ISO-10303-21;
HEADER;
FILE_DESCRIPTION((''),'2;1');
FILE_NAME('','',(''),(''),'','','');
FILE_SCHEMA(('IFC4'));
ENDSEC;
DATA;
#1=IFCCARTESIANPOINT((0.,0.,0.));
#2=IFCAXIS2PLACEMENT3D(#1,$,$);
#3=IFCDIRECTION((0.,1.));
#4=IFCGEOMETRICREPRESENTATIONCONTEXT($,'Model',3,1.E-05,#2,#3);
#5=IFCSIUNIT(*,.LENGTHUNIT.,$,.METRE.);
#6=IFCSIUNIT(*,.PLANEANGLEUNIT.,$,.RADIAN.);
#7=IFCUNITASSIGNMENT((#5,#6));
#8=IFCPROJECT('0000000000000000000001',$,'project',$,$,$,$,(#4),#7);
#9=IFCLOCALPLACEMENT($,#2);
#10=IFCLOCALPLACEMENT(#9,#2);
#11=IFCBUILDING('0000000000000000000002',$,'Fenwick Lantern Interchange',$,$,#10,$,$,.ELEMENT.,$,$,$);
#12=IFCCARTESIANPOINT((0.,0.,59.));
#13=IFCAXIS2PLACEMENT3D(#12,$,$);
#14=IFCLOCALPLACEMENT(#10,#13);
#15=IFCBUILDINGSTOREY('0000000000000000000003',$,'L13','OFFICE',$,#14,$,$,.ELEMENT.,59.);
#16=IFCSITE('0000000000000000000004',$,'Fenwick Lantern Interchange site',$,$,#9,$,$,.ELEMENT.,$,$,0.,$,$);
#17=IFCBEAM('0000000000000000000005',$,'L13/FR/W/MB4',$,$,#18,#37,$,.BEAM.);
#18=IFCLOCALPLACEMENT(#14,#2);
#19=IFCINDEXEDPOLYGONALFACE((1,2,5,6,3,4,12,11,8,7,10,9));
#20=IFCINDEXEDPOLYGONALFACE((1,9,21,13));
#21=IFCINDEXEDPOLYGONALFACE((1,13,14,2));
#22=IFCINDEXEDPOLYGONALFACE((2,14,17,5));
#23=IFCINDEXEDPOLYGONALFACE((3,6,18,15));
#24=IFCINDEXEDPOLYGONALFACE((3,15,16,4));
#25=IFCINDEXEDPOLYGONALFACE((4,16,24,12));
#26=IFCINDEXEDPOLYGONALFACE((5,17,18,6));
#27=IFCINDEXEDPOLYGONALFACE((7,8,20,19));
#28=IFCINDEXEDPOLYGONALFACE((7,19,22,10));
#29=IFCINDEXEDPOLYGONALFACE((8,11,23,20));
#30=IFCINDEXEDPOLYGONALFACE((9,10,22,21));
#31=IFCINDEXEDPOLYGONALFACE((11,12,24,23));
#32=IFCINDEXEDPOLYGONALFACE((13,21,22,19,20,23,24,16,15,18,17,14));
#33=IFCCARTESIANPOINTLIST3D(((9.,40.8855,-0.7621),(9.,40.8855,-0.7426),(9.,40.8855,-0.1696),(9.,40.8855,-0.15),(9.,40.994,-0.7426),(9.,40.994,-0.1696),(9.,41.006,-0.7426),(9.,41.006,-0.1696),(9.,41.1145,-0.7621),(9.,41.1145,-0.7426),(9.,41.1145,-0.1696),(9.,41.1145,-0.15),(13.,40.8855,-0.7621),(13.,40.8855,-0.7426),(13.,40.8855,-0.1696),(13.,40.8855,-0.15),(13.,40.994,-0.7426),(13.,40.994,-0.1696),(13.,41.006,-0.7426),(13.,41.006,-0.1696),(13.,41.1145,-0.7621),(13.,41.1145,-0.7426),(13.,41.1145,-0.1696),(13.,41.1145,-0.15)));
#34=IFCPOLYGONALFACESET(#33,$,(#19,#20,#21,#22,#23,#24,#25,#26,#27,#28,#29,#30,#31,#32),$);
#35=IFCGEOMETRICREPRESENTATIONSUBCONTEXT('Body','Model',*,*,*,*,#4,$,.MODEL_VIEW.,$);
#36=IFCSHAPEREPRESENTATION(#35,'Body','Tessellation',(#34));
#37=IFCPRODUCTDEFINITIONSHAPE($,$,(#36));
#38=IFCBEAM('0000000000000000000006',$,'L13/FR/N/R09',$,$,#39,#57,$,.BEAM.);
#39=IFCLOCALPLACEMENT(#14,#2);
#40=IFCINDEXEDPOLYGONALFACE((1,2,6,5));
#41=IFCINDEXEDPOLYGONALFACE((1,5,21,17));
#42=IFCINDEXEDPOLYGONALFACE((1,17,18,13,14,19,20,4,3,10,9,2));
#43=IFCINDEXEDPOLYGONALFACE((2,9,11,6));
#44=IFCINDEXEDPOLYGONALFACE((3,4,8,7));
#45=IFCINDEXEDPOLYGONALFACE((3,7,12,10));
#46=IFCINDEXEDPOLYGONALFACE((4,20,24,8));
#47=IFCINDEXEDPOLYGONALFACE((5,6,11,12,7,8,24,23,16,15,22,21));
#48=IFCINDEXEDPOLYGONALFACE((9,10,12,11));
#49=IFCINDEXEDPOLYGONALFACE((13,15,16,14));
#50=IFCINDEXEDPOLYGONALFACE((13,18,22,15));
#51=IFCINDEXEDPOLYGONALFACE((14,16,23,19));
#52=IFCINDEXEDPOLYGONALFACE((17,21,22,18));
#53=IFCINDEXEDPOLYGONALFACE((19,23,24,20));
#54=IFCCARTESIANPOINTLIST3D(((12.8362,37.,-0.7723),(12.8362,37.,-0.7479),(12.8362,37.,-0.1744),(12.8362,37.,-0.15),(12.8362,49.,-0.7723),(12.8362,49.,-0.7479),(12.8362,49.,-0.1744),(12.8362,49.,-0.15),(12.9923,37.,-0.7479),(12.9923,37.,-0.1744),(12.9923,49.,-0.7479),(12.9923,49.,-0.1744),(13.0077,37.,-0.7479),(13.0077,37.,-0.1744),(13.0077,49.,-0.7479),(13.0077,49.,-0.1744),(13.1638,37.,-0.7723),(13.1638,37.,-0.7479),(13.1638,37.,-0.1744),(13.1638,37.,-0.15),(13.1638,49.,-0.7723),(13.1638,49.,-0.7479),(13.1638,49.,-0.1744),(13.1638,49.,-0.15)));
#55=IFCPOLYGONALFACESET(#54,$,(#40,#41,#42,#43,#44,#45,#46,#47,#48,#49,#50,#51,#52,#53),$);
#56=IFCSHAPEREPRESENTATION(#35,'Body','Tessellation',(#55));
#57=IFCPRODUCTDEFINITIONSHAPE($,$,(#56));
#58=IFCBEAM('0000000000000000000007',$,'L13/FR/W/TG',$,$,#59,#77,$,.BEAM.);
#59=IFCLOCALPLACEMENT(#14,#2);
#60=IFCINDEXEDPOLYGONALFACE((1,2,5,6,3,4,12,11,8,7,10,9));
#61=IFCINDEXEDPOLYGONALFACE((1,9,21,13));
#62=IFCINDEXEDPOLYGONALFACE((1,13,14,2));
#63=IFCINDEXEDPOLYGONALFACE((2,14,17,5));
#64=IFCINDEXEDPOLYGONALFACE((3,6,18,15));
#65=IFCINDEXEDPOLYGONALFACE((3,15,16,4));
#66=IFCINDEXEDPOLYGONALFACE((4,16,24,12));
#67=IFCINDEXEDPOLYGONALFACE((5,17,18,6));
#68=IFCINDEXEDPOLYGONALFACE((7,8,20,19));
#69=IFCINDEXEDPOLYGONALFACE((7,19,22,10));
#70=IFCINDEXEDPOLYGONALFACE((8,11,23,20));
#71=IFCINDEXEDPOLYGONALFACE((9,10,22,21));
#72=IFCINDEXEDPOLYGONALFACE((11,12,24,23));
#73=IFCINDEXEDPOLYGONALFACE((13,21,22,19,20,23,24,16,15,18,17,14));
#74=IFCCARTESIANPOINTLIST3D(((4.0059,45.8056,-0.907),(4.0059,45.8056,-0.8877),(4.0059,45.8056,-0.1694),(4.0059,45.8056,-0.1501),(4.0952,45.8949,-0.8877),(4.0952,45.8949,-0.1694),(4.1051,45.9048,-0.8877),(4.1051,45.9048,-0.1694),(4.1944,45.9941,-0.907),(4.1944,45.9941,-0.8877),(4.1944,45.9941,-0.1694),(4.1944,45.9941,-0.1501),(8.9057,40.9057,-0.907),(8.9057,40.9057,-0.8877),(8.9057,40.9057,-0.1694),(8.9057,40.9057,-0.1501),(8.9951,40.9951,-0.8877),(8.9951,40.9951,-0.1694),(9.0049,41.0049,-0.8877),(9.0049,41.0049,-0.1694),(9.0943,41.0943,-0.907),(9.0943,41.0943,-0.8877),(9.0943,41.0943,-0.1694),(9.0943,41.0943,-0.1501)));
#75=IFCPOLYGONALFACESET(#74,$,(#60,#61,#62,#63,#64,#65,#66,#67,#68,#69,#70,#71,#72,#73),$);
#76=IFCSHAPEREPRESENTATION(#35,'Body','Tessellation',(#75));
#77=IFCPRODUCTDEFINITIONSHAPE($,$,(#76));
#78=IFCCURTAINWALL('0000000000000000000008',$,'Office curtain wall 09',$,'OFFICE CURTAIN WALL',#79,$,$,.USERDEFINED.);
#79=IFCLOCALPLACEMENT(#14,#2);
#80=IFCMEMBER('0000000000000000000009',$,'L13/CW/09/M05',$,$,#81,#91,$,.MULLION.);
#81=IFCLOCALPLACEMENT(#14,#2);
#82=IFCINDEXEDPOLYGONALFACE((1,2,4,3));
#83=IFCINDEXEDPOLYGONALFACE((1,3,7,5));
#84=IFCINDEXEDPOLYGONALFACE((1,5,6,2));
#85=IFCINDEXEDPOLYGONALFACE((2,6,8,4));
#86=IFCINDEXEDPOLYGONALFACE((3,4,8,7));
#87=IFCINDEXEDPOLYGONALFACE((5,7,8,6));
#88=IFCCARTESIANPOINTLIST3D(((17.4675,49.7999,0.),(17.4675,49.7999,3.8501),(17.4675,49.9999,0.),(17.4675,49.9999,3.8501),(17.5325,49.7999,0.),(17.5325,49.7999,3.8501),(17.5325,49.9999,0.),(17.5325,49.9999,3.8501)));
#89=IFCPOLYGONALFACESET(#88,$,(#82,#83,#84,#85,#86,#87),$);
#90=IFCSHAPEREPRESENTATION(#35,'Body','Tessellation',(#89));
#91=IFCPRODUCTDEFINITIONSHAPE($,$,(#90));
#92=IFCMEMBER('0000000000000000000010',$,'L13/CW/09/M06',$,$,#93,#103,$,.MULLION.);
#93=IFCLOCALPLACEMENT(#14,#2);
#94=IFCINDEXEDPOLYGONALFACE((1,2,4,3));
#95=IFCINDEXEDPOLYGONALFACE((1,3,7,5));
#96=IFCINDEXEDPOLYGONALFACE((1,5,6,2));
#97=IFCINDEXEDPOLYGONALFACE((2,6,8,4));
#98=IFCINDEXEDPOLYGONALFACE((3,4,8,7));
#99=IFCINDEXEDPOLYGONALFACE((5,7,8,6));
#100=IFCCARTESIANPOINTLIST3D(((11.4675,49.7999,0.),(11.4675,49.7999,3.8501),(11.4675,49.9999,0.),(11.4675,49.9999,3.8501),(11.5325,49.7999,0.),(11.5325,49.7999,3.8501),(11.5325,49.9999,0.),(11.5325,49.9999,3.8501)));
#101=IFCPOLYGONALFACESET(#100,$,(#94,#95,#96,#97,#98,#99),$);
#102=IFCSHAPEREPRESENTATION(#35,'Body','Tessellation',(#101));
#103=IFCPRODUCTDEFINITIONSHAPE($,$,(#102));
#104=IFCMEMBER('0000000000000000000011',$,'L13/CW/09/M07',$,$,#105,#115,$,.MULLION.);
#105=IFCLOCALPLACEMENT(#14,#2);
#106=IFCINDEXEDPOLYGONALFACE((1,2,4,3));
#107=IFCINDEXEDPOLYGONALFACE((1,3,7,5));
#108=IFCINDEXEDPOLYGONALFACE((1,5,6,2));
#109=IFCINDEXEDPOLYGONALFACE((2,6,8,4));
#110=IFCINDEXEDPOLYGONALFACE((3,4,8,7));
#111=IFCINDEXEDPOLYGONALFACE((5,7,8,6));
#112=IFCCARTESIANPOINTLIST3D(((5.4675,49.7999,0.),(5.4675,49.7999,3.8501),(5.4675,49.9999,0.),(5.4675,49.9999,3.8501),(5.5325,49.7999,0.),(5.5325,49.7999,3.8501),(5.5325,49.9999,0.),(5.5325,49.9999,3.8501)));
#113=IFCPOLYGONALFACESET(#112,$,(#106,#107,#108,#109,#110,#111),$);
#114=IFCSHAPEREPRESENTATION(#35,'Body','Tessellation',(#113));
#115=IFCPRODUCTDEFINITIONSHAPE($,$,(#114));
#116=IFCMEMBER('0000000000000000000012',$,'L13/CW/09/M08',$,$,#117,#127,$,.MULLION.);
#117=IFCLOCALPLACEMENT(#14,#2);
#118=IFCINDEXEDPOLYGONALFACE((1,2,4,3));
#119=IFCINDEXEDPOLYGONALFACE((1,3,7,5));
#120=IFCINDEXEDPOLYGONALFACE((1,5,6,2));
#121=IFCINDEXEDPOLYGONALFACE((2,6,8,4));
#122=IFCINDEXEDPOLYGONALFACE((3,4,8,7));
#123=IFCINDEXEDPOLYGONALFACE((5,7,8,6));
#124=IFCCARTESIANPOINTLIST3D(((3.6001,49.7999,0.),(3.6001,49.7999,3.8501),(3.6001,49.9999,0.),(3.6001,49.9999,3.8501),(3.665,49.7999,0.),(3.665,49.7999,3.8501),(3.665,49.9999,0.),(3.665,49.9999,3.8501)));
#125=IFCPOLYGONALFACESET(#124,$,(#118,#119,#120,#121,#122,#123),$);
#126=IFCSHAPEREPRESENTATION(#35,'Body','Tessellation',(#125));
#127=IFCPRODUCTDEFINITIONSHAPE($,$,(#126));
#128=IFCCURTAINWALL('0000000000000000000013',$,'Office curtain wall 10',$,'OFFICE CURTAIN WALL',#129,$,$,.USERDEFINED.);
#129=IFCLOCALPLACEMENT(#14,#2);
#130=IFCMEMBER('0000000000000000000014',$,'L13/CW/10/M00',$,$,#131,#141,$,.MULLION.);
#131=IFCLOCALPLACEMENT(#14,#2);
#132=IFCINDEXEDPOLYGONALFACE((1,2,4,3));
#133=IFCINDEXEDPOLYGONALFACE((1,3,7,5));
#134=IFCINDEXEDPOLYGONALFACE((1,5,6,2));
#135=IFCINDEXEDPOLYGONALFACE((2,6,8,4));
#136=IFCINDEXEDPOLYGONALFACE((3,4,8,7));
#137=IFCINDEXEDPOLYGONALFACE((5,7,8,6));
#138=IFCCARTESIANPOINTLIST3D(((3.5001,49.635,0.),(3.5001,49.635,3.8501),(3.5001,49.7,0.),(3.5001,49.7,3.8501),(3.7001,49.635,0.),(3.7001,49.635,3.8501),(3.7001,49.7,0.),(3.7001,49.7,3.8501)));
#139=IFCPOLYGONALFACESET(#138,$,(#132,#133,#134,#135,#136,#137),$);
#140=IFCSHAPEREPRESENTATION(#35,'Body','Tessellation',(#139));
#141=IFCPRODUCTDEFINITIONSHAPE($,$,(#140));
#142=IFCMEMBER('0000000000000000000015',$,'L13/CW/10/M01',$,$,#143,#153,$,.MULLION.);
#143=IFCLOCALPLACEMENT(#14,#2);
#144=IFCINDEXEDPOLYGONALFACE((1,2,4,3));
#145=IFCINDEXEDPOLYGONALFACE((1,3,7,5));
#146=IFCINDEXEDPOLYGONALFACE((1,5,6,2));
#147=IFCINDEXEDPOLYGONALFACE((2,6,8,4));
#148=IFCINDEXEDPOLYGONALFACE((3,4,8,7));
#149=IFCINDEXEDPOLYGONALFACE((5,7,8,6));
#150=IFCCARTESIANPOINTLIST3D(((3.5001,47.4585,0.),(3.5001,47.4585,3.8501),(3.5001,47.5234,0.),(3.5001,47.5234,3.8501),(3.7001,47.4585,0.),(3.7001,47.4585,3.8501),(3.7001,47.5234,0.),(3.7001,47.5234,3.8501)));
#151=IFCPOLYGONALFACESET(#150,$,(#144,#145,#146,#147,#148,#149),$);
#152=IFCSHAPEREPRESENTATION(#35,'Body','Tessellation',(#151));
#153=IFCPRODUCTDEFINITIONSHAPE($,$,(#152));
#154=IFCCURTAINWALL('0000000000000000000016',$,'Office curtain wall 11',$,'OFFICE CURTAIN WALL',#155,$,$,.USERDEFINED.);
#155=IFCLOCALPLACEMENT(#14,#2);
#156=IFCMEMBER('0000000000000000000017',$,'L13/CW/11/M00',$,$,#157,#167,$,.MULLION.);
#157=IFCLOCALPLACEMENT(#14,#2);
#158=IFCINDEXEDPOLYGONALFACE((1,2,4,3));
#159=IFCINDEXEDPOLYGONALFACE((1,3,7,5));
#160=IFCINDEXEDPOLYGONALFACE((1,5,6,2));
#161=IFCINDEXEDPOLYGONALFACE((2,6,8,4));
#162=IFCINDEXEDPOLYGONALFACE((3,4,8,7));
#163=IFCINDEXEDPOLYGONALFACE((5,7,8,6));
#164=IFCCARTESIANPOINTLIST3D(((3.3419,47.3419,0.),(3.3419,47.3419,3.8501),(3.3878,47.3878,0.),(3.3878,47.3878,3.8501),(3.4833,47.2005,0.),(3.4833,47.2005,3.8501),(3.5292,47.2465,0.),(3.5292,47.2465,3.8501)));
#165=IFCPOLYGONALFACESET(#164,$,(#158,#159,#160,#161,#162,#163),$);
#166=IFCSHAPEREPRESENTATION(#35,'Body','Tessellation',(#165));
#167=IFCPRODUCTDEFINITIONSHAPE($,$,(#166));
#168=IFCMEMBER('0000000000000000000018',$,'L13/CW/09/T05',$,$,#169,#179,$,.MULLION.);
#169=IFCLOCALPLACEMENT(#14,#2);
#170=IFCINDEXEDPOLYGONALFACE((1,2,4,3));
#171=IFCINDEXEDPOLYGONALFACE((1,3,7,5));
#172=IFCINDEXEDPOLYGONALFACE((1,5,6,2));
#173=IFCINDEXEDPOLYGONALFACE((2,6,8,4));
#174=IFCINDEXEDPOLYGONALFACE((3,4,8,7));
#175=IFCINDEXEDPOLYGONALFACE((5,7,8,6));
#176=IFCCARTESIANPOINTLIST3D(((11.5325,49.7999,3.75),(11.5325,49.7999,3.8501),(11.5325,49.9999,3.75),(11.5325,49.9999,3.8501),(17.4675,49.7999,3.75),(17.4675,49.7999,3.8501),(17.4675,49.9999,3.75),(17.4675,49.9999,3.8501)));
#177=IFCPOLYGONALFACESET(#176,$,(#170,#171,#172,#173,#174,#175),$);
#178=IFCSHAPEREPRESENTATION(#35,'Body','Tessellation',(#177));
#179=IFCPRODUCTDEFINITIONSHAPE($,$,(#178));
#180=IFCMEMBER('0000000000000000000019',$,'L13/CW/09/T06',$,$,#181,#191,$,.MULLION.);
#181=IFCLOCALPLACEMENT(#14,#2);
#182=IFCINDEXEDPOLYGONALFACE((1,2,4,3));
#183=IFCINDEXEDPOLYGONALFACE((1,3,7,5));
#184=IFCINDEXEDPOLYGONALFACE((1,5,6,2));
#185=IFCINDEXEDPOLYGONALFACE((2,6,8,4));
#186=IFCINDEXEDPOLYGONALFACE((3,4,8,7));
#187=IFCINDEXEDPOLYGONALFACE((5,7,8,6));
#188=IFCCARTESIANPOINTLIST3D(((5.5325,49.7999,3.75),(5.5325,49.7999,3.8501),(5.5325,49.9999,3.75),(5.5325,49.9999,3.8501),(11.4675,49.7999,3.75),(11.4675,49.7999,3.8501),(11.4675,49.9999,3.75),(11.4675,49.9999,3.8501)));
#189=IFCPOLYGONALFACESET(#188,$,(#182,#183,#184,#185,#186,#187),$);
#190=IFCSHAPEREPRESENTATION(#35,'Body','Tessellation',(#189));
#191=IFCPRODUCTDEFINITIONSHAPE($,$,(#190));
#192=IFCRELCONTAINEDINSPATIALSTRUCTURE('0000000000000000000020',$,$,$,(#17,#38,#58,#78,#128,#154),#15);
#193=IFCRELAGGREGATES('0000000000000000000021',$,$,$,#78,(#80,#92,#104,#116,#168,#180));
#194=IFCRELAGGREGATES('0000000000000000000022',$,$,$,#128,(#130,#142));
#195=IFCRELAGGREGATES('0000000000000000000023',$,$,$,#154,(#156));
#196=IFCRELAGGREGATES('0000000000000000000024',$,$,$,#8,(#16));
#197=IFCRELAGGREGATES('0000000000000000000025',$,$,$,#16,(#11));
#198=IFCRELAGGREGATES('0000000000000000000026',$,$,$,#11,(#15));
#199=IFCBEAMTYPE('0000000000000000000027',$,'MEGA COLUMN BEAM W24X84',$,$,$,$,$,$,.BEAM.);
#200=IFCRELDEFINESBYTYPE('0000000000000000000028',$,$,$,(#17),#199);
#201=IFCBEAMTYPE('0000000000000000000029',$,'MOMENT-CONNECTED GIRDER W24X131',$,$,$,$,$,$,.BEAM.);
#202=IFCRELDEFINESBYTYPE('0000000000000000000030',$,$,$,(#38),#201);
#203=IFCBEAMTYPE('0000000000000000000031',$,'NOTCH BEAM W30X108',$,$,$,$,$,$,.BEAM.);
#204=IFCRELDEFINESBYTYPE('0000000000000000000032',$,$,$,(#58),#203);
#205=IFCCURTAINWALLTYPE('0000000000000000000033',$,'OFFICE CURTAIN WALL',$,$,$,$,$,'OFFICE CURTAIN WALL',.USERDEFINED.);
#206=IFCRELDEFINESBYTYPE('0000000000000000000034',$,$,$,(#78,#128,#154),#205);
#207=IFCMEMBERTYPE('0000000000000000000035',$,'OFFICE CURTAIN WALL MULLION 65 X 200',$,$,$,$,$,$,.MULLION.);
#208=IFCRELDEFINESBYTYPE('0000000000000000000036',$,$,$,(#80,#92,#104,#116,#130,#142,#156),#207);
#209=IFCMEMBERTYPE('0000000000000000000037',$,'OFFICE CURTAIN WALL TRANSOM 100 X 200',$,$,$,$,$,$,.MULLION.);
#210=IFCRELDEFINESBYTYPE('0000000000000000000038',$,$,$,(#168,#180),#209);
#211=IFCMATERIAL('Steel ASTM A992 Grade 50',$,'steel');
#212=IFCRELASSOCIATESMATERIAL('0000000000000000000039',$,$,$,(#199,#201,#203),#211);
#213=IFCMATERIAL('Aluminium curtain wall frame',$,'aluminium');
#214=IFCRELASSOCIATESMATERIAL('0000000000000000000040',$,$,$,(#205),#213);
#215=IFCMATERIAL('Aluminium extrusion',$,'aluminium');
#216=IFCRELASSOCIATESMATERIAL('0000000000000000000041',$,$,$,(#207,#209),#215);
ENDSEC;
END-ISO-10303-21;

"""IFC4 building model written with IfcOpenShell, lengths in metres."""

from ifc_helpers import new_model, si_unit, direction, frame, origin, origin_2d, place, context, subcontext, project, spatial, rectangle, i_section, extrude, material, material_profile, profile_set, type_object, element, aggregate, save


model = new_model("IFC4")

# Units and contexts
model_context = context("Model", 3, precision=1e-05, world=origin(), true_north=direction((0.0, 1.0)))
body_context = subcontext(model_context, "Body", "Model", "MODEL_VIEW")
ifc_project = project(units=[si_unit("LENGTHUNIT", "METRE"), si_unit("PLANEANGLEUNIT", "RADIAN")], contexts=[model_context])

# Site, building, storey
site_placement = place(None, origin())
site = spatial("IfcSite", under=ifc_project, at=site_placement, Name="Fenwick Lantern Interchange site", CompositionType="ELEMENT", RefElevation=0.0)
building_placement = place(site_placement, origin())
building = spatial("IfcBuilding", under=site, at=building_placement, Name="Fenwick Lantern Interchange", CompositionType="ELEMENT")
storey_placement = place(building_placement, frame((0.0, 0.0, 59.0)))
storey = spatial("IfcBuildingStorey", under=building, at=storey_placement, Name="L13", Description="OFFICE", CompositionType="ELEMENT", Elevation=59.0)

# Beams
ifc_material_1 = material(Name="Steel ASTM A992 Grade 50", Category="steel")
ifc_material_profile_1 = material_profile(ifc_material_1, i_section(OverallWidth=0.229, OverallDepth=0.6121, WebThickness=0.012, FlangeThickness=0.0195, at=origin_2d()), Name="W24X84")
ifc_profile_set_1 = profile_set([ifc_material_profile_1], Name="Steel ASTM A992 Grade 50")
beam_type_1 = type_object("IfcBeamType", Name="MEGA COLUMN BEAM W24X84", PredefinedType="BEAM", material=ifc_profile_set_1)
for number, where, z_axis, x_axis, name in (
    (1, (9.0, 41.0, -0.4561), (1.0, 0.0, 0.0), (0.0, 1.0, 0.0), "L13/FR/W/MB4"),
):
    element("IfcBeam", number, at=place(storey_placement, frame(where, z_axis=z_axis, x_axis=x_axis)), inside=storey, type_object=beam_type_1, Name=name, PredefinedType="BEAM", context=body_context, shape_type="SweptSolid", body=[
        extrude(i_section(OverallWidth=0.229, OverallDepth=0.6121, WebThickness=0.012, FlangeThickness=0.0195, at=origin_2d()), origin(), (0.0, 0.0, 1.0), 4.0),
    ])
ifc_material_profile_2 = material_profile(ifc_material_1, i_section(OverallWidth=0.3276, OverallDepth=0.6223, WebThickness=0.0154, FlangeThickness=0.0244, at=origin_2d()), Name="W24X131")
ifc_profile_set_2 = profile_set([ifc_material_profile_2], Name="Steel ASTM A992 Grade 50")
beam_type_2 = type_object("IfcBeamType", Name="MOMENT-CONNECTED GIRDER W24X131", PredefinedType="BEAM", material=ifc_profile_set_2)
beam_1_placement = place(storey_placement, frame((13.0, 49.0, -0.4612), z_axis=(0.0, -1.0, 0.0), x_axis=(1.0, 0.0, 0.0)))
element("IfcBeam", 2, at=beam_1_placement, inside=storey, type_object=beam_type_2, Name="L13/FR/N/R09", PredefinedType="BEAM", context=body_context, shape_type="SweptSolid", body=[
    extrude(i_section(OverallWidth=0.3276, OverallDepth=0.6223, WebThickness=0.0154, FlangeThickness=0.0244, at=origin_2d()), origin(), (0.0, 0.0, 1.0), 12.0),
])
ifc_material_profile_3 = material_profile(ifc_material_1, i_section(OverallWidth=0.2666, OverallDepth=0.7568, WebThickness=0.0139, FlangeThickness=0.0193, at=origin_2d()), Name="W30X108")
ifc_profile_set_3 = profile_set([ifc_material_profile_3], Name="Steel ASTM A992 Grade 50")
beam_type_3 = type_object("IfcBeamType", Name="NOTCH BEAM W30X108", PredefinedType="BEAM", material=ifc_profile_set_3)
beam_2_placement = place(storey_placement, frame((9.0, 41.0, -0.5286), z_axis=(-0.707107, 0.707107, 0.0), x_axis=(-0.707107, -0.707107, 0.0)))
element("IfcBeam", 3, at=beam_2_placement, inside=storey, type_object=beam_type_3, Name="L13/FR/W/TG", PredefinedType="BEAM", context=body_context, shape_type="SweptSolid", body=[
    extrude(i_section(OverallWidth=0.2666, OverallDepth=0.7568, WebThickness=0.0139, FlangeThickness=0.0193, at=origin_2d()), origin(), (0.0, 0.0, 1.0), 6.9294),
])

# Curtain walls, members
ifc_material_2 = material(Name="Aluminium curtain wall frame", Category="aluminium")
curtain_wall_type = type_object("IfcCurtainWallType", Name="OFFICE CURTAIN WALL", ElementType="OFFICE CURTAIN WALL", PredefinedType="USERDEFINED", material=ifc_material_2)
curtain_wall_1_placement = place(storey_placement, origin())
curtain_wall_1 = element("IfcCurtainWall", 4, at=curtain_wall_1_placement, inside=storey, type_object=curtain_wall_type, Name="Office curtain wall 09", ObjectType="OFFICE CURTAIN WALL", PredefinedType="USERDEFINED")
ifc_material_3 = material(Name="Aluminium extrusion", Category="aluminium")
ifc_material_profile_4 = material_profile(ifc_material_3, rectangle(XDim=0.2, YDim=0.0649, at=origin_2d()), Name="OFFICE CURTAIN WALL MULLION 65 X 200")
ifc_profile_set_4 = profile_set([ifc_material_profile_4], Name="Aluminium extrusion")
member_type_1 = type_object("IfcMemberType", Name="OFFICE CURTAIN WALL MULLION 65 X 200", PredefinedType="MULLION", material=ifc_profile_set_4)
member_1_placement = place(storey_placement, frame((17.5, 49.8999, 0.0), z_axis=(0.0, 0.0, 1.0), x_axis=(0.0, -1.0, 0.0)))
member_1 = element("IfcMember", 5, at=member_1_placement, type_object=member_type_1, Name="L13/CW/09/M05", PredefinedType="MULLION", context=body_context, shape_type="SweptSolid", body=[
    extrude(rectangle(XDim=0.2, YDim=0.0649, at=origin_2d()), origin(), (0.0, 0.0, 1.0), 3.8501),
])
member_2_placement = place(storey_placement, frame((11.5, 49.8999, 0.0), z_axis=(0.0, 0.0, 1.0), x_axis=(0.0, -1.0, 0.0)))
member_2 = element("IfcMember", 6, at=member_2_placement, type_object=member_type_1, Name="L13/CW/09/M06", PredefinedType="MULLION", context=body_context, shape_type="SweptSolid", body=[
    extrude(rectangle(XDim=0.2, YDim=0.0649, at=origin_2d()), origin(), (0.0, 0.0, 1.0), 3.8501),
])
member_3_placement = place(storey_placement, frame((5.5, 49.8999, 0.0), z_axis=(0.0, 0.0, 1.0), x_axis=(0.0, -1.0, 0.0)))
member_3 = element("IfcMember", 7, at=member_3_placement, type_object=member_type_1, Name="L13/CW/09/M07", PredefinedType="MULLION", context=body_context, shape_type="SweptSolid", body=[
    extrude(rectangle(XDim=0.2, YDim=0.0649, at=origin_2d()), origin(), (0.0, 0.0, 1.0), 3.8501),
])
member_4_placement = place(storey_placement, frame((3.6326, 49.8999, 0.0), z_axis=(0.0, 0.0, 1.0), x_axis=(0.0, -1.0, 0.0)))
member_4 = element("IfcMember", 8, at=member_4_placement, type_object=member_type_1, Name="L13/CW/09/M08", PredefinedType="MULLION", context=body_context, shape_type="SweptSolid", body=[
    extrude(rectangle(XDim=0.2, YDim=0.0649, at=origin_2d()), origin(), (0.0, 0.0, 1.0), 3.8501),
])
curtain_wall_2_placement = place(storey_placement, origin())
curtain_wall_2 = element("IfcCurtainWall", 9, at=curtain_wall_2_placement, inside=storey, type_object=curtain_wall_type, Name="Office curtain wall 10", ObjectType="OFFICE CURTAIN WALL", PredefinedType="USERDEFINED")
member_5_placement = place(storey_placement, frame((3.6001, 49.6675, 0.0), z_axis=(0.0, 0.0, 1.0), x_axis=(1.0, 0.0, 0.0)))
member_5 = element("IfcMember", 10, at=member_5_placement, type_object=member_type_1, Name="L13/CW/10/M00", PredefinedType="MULLION", context=body_context, shape_type="SweptSolid", body=[
    extrude(rectangle(XDim=0.2, YDim=0.0649, at=origin_2d()), origin(), (0.0, 0.0, 1.0), 3.8501),
])
member_6_placement = place(storey_placement, frame((3.6001, 47.491, 0.0), z_axis=(0.0, 0.0, 1.0), x_axis=(1.0, 0.0, 0.0)))
member_6 = element("IfcMember", 11, at=member_6_placement, type_object=member_type_1, Name="L13/CW/10/M01", PredefinedType="MULLION", context=body_context, shape_type="SweptSolid", body=[
    extrude(rectangle(XDim=0.2, YDim=0.0649, at=origin_2d()), origin(), (0.0, 0.0, 1.0), 3.8501),
])

# Curtain wall, member
curtain_wall_3_placement = place(storey_placement, origin())
curtain_wall_3 = element("IfcCurtainWall", 12, at=curtain_wall_3_placement, inside=storey, type_object=curtain_wall_type, Name="Office curtain wall 11", ObjectType="OFFICE CURTAIN WALL", PredefinedType="USERDEFINED")
member_7_placement = place(storey_placement, frame((3.4355, 47.2942, 0.0), z_axis=(0.0, 0.0, 1.0), x_axis=(0.707107, -0.707107, 0.0)))
member_7 = element("IfcMember", 13, at=member_7_placement, type_object=member_type_1, Name="L13/CW/11/M00", PredefinedType="MULLION", context=body_context, shape_type="SweptSolid", body=[
    extrude(rectangle(XDim=0.2, YDim=0.0649, at=origin_2d()), origin(), (0.0, 0.0, 1.0), 3.8501),
])

# Members
ifc_material_profile_5 = material_profile(ifc_material_3, rectangle(XDim=0.2, YDim=0.1001, at=origin_2d()), Name="OFFICE CURTAIN WALL TRANSOM 100 X 200")
ifc_profile_set_5 = profile_set([ifc_material_profile_5], Name="Aluminium extrusion")
member_type_2 = type_object("IfcMemberType", Name="OFFICE CURTAIN WALL TRANSOM 100 X 200", PredefinedType="MULLION", material=ifc_profile_set_5)
member_8_placement = place(storey_placement, frame((17.4675, 49.8999, 3.8), z_axis=(-1.0, 0.0, 0.0), x_axis=(0.0, -1.0, 0.0)))
member_8 = element("IfcMember", 14, at=member_8_placement, type_object=member_type_2, Name="L13/CW/09/T05", PredefinedType="MULLION", context=body_context, shape_type="SweptSolid", body=[
    extrude(rectangle(XDim=0.2, YDim=0.1001, at=origin_2d()), origin(), (0.0, 0.0, 1.0), 5.9351),
])
member_9_placement = place(storey_placement, frame((11.4675, 49.8999, 3.8), z_axis=(-1.0, 0.0, 0.0), x_axis=(0.0, -1.0, 0.0)))
member_9 = element("IfcMember", 15, at=member_9_placement, type_object=member_type_2, Name="L13/CW/09/T06", PredefinedType="MULLION", context=body_context, shape_type="SweptSolid", body=[
    extrude(rectangle(XDim=0.2, YDim=0.1001, at=origin_2d()), origin(), (0.0, 0.0, 1.0), 5.9351),
])
aggregate(curtain_wall_1, [member_1, member_2, member_3, member_4, member_8, member_9])

aggregate(curtain_wall_2, [member_5, member_6])
aggregate(curtain_wall_3, [member_7])

save(model, "model.ifc")
